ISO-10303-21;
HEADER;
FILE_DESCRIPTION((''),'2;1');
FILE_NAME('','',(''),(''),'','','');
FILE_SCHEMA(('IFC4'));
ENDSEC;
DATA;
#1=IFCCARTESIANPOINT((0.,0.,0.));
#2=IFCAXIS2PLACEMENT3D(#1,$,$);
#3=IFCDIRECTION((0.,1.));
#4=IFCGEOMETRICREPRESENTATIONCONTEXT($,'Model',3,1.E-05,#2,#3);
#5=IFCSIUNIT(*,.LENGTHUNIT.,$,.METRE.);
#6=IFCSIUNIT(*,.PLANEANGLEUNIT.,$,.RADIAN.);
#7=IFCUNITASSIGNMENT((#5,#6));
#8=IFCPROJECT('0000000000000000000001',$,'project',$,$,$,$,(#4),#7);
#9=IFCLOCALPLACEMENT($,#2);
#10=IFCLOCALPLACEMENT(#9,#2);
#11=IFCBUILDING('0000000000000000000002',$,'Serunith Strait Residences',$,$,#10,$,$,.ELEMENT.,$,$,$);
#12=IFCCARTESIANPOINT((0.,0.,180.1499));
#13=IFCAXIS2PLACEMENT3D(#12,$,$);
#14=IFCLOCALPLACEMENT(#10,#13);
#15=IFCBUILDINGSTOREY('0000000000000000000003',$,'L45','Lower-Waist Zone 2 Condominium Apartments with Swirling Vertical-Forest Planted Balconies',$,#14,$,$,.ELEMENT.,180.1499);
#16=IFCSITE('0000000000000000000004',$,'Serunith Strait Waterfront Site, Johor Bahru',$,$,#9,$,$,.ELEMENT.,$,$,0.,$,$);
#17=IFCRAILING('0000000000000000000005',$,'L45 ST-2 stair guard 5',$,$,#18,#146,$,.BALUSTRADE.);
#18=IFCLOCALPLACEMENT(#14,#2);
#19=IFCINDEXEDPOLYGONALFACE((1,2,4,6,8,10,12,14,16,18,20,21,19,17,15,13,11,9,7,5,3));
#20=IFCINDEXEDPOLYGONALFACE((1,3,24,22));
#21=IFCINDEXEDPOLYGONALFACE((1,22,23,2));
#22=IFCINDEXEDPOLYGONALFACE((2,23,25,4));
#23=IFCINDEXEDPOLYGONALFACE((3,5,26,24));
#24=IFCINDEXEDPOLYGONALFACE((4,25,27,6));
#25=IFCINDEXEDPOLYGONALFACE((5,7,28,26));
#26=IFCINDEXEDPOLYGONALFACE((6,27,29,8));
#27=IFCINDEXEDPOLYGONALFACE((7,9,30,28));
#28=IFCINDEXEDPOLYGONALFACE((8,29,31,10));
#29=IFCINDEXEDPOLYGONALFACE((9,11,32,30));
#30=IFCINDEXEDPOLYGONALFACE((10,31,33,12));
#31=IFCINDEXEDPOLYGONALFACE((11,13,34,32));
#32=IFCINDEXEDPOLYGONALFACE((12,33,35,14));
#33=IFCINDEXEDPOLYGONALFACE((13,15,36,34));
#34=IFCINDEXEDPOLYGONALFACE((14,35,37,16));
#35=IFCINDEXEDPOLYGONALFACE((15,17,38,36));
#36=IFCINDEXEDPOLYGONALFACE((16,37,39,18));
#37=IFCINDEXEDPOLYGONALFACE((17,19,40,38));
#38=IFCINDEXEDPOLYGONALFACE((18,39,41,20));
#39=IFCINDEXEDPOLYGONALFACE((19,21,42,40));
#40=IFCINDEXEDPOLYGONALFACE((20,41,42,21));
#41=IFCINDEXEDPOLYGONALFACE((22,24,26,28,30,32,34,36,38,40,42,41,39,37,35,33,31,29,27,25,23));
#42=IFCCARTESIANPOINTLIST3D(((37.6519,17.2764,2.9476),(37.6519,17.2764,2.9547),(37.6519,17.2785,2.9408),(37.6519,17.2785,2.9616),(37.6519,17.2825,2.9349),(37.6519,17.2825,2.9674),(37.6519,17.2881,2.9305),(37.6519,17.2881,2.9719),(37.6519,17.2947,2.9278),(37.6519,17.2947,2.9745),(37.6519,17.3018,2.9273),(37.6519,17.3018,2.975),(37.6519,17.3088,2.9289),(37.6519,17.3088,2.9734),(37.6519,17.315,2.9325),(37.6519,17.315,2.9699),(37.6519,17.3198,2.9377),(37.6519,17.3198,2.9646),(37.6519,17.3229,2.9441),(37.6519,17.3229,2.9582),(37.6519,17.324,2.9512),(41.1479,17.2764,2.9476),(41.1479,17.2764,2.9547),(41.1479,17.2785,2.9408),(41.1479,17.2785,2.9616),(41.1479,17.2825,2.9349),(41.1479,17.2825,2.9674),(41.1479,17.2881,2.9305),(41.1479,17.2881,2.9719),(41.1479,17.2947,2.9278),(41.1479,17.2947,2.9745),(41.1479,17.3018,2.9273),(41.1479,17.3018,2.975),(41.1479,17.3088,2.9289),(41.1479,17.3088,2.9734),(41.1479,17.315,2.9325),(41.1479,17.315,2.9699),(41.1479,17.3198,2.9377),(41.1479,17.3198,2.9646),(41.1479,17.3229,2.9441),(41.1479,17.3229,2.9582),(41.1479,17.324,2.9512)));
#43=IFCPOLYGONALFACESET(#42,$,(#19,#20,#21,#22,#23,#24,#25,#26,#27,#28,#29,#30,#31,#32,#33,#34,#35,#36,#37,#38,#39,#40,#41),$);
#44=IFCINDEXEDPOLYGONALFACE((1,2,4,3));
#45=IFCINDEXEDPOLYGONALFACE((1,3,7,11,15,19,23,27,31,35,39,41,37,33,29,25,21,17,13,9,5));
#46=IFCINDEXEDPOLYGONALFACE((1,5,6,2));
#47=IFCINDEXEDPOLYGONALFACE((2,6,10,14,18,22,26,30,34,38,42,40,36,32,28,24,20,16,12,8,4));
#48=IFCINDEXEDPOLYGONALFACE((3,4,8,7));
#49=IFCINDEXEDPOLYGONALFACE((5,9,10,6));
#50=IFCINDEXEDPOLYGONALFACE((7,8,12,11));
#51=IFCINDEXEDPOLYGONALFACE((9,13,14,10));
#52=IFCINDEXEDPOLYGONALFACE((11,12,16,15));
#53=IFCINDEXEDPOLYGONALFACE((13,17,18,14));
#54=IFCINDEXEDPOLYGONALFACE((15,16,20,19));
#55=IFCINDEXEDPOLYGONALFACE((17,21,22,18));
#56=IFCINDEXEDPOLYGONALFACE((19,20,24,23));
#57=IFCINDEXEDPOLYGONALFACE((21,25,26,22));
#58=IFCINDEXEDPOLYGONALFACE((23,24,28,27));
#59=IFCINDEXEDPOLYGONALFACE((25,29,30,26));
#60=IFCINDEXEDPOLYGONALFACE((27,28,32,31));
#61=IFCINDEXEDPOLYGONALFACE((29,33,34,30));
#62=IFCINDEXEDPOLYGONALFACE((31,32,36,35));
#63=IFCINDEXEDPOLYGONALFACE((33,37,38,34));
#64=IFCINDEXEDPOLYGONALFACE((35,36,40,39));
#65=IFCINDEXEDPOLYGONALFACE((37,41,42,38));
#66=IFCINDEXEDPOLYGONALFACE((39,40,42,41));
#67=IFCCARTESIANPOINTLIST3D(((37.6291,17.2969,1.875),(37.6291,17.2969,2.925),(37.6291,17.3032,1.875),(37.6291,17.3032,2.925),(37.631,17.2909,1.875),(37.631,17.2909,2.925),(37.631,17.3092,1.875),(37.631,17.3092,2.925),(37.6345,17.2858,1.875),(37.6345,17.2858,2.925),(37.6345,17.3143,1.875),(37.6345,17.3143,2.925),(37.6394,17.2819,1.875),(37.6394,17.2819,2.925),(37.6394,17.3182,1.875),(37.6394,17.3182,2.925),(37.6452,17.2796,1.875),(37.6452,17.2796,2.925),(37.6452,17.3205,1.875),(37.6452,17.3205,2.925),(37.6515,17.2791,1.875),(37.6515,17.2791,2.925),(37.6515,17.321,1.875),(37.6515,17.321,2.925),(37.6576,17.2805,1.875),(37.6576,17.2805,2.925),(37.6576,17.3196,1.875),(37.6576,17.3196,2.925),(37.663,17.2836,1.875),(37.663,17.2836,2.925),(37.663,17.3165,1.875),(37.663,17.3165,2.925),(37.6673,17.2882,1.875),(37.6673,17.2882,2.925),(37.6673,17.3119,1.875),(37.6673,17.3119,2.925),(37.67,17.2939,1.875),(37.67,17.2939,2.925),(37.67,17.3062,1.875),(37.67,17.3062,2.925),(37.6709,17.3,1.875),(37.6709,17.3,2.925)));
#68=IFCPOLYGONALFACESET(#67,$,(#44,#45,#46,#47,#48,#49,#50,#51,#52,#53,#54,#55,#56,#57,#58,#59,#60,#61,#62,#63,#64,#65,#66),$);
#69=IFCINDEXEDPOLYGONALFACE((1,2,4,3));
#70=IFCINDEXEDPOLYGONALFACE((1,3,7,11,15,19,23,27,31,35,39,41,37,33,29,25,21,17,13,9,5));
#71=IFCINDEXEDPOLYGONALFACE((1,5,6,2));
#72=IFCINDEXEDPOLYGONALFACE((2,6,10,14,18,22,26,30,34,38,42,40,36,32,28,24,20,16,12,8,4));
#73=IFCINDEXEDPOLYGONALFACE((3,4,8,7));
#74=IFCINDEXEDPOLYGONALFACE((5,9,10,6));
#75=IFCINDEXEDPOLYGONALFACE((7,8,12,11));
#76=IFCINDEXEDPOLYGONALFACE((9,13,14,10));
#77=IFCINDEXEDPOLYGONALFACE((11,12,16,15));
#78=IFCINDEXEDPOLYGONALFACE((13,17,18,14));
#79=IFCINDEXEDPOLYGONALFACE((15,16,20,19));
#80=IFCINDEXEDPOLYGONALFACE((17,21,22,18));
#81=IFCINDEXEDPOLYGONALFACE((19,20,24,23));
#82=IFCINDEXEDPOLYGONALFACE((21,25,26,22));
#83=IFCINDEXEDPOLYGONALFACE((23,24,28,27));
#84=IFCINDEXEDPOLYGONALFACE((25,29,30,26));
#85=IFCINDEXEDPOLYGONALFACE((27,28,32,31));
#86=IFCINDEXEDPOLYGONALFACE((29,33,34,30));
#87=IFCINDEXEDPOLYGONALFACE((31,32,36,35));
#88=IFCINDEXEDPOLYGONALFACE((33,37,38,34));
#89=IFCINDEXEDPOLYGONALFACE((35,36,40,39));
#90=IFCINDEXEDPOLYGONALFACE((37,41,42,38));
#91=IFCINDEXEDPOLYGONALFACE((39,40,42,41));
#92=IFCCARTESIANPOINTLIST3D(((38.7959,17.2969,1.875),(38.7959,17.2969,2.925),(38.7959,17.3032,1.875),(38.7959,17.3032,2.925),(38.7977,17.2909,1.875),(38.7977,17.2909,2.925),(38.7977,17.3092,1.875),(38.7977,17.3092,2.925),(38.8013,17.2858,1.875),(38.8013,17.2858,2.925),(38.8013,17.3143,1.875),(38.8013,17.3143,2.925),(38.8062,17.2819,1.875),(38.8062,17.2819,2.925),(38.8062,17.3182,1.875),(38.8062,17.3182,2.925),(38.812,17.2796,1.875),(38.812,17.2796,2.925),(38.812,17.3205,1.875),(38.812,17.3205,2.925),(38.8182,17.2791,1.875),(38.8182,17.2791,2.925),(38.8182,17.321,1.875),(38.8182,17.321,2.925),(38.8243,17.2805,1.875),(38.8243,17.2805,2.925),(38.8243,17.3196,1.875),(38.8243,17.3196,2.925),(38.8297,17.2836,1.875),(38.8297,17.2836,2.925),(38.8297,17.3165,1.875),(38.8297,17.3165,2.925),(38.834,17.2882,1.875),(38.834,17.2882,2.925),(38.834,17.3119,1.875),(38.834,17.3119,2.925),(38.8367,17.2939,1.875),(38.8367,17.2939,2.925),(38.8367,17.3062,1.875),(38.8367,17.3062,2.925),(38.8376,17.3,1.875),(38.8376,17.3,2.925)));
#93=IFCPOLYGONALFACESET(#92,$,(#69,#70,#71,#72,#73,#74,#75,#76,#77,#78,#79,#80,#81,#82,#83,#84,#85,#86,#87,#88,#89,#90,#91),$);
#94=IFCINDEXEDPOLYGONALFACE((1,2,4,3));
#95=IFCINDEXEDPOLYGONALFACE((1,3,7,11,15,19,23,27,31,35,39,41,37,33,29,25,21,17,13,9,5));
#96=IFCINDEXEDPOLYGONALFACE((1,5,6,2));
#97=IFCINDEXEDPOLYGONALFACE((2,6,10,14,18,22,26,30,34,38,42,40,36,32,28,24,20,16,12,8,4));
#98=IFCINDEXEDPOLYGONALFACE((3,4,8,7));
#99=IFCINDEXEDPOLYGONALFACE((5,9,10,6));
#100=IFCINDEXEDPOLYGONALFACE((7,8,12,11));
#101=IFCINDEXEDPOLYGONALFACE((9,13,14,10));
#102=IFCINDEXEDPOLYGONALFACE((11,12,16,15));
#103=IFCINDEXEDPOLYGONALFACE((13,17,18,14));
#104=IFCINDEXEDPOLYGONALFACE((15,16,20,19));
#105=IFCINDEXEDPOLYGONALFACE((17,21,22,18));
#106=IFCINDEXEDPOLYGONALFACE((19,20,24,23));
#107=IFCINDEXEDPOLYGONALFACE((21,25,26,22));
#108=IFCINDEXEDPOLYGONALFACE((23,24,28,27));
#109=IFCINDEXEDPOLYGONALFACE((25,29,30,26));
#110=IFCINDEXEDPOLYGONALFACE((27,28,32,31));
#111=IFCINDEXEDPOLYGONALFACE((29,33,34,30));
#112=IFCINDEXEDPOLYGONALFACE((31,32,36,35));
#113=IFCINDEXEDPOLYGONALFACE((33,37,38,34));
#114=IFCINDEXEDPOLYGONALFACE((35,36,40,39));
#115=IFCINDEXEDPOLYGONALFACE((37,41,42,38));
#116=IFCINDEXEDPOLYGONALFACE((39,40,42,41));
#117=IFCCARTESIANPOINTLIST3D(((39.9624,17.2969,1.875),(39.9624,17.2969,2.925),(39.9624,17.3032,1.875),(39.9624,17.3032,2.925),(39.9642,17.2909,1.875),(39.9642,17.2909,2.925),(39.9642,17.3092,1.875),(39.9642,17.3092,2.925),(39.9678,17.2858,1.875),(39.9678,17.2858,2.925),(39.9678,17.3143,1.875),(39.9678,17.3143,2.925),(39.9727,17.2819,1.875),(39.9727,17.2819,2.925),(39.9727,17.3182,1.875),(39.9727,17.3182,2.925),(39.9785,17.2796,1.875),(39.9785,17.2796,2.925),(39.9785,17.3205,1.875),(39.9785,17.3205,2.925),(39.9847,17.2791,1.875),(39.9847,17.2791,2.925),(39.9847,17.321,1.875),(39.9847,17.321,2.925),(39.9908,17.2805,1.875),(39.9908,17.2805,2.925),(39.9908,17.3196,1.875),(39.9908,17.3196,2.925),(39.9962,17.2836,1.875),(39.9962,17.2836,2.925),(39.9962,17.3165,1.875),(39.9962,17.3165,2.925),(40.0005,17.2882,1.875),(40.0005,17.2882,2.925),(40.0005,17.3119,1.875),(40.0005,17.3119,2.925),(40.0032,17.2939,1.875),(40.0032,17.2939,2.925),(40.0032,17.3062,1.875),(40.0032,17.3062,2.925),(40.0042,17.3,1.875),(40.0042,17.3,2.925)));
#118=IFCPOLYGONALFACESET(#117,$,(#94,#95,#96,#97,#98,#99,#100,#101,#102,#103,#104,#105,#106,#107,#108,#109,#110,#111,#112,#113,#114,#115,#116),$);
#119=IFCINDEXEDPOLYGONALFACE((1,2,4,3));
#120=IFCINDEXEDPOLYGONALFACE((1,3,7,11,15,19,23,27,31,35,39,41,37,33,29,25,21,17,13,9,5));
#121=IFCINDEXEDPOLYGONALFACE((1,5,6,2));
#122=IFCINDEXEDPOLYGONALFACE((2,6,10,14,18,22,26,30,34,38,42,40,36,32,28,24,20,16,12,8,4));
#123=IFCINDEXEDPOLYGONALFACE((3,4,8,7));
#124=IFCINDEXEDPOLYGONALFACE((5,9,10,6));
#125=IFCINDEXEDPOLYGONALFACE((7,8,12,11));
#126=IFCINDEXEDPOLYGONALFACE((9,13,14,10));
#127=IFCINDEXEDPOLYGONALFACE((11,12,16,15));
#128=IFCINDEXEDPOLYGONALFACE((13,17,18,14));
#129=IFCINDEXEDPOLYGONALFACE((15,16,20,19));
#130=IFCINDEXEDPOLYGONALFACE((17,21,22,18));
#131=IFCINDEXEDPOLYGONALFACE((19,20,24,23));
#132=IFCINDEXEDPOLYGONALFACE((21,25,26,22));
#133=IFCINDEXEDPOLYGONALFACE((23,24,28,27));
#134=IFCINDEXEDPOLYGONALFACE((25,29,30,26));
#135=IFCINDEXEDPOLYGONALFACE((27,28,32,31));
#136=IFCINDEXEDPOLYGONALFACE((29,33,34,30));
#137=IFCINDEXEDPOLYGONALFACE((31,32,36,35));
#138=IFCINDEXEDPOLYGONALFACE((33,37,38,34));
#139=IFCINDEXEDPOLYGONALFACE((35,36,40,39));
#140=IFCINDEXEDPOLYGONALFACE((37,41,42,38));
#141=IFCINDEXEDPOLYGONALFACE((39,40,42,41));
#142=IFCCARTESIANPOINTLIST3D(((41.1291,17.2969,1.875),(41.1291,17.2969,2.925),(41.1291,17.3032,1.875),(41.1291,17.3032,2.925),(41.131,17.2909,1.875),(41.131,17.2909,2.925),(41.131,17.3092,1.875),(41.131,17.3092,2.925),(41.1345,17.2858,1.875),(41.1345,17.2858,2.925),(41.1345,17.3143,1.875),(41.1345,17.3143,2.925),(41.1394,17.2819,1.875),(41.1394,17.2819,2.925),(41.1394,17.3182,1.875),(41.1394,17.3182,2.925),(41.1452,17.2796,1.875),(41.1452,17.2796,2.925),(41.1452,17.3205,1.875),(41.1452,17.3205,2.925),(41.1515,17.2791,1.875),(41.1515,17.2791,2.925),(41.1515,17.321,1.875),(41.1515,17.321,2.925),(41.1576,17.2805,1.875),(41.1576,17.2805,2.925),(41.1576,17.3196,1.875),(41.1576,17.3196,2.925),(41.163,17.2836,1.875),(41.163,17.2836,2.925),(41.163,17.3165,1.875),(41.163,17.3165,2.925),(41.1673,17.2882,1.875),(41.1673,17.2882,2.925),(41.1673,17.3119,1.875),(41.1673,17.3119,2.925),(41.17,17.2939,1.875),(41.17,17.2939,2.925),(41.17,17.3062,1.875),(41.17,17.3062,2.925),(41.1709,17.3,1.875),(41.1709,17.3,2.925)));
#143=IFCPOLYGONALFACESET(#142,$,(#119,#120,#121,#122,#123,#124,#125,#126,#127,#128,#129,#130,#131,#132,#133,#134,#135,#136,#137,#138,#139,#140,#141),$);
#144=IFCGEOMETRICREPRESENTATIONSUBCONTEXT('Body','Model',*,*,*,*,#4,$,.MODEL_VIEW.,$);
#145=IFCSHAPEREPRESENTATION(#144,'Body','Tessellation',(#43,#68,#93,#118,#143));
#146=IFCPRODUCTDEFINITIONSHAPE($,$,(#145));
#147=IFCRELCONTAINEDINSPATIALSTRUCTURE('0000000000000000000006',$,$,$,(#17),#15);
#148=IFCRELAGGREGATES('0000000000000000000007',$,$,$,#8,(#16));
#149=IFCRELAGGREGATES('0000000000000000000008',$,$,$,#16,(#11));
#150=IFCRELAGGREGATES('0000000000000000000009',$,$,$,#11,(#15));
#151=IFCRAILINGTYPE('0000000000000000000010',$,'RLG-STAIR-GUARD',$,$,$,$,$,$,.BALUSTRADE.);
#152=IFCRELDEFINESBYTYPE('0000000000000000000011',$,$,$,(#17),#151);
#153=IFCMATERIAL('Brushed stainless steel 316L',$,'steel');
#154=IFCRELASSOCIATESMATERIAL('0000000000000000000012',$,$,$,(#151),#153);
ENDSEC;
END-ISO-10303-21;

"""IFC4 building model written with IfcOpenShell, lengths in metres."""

from ifc_helpers import new_model, si_unit, direction, frame, origin, origin_2d, place, context, subcontext, project, spatial, circle, extrude, material, type_object, element, save


model = new_model("IFC4")

# Units and contexts
model_context = context("Model", 3, precision=1e-05, world=origin(), true_north=direction((0.0, 1.0)))
body_context = subcontext(model_context, "Body", "Model", "MODEL_VIEW")
ifc_project = project(units=[si_unit("LENGTHUNIT", "METRE"), si_unit("PLANEANGLEUNIT", "RADIAN")], contexts=[model_context])

# Site, building, storey
site_placement = place(None, origin())
site = spatial("IfcSite", under=ifc_project, at=site_placement, Name="Serunith Strait Waterfront Site, Johor Bahru", CompositionType="ELEMENT", RefElevation=0.0)
building_placement = place(site_placement, origin())
building = spatial("IfcBuilding", under=site, at=building_placement, Name="Serunith Strait Residences", CompositionType="ELEMENT")
storey_placement = place(building_placement, frame((0.0, 0.0, 180.1499)))
storey = spatial("IfcBuildingStorey", under=building, at=storey_placement, Name="L45", Description="Lower-Waist Zone 2 Condominium Apartments with Swirling Vertical-Forest Planted Balconies", CompositionType="ELEMENT", Elevation=180.1499)

# Railing
ifc_material_1 = material(Name="Brushed stainless steel 316L", Category="steel")
railing_type_1 = type_object("IfcRailingType", Name="RLG-STAIR-GUARD", PredefinedType="BALUSTRADE", material=ifc_material_1)
railing_1_placement = place(storey_placement, frame((37.6499, 17.3, 1.875)))
element("IfcRailing", 1, at=railing_1_placement, inside=storey, type_object=railing_type_1, Name="L45 ST-2 stair guard 5", PredefinedType="BALUSTRADE", context=body_context, shape_type="SweptSolid", body=[
    extrude(circle(Radius=0.0239, at=origin_2d()), frame((0.002, 0.0, 1.0762), z_axis=(1.0, 0.0, 0.0), x_axis=(0.0, 1.0, 0.0)), (0.0, 0.0, 1.0), 3.4961),
    extrude(circle(Radius=0.021, at=origin_2d()), origin(), (0.0, 0.0, 1.0), 1.05),
    extrude(circle(Radius=0.021, at=origin_2d()), frame((1.1667, 0.0, 0.0)), (0.0, 0.0, 1.0), 1.05),
    extrude(circle(Radius=0.021, at=origin_2d()), frame((2.3333, 0.0, 0.0)), (0.0, 0.0, 1.0), 1.05),
    extrude(circle(Radius=0.021, at=origin_2d()), frame((3.5, 0.0, 0.0)), (0.0, 0.0, 1.0), 1.05),
])

save(model, "model.ifc")
